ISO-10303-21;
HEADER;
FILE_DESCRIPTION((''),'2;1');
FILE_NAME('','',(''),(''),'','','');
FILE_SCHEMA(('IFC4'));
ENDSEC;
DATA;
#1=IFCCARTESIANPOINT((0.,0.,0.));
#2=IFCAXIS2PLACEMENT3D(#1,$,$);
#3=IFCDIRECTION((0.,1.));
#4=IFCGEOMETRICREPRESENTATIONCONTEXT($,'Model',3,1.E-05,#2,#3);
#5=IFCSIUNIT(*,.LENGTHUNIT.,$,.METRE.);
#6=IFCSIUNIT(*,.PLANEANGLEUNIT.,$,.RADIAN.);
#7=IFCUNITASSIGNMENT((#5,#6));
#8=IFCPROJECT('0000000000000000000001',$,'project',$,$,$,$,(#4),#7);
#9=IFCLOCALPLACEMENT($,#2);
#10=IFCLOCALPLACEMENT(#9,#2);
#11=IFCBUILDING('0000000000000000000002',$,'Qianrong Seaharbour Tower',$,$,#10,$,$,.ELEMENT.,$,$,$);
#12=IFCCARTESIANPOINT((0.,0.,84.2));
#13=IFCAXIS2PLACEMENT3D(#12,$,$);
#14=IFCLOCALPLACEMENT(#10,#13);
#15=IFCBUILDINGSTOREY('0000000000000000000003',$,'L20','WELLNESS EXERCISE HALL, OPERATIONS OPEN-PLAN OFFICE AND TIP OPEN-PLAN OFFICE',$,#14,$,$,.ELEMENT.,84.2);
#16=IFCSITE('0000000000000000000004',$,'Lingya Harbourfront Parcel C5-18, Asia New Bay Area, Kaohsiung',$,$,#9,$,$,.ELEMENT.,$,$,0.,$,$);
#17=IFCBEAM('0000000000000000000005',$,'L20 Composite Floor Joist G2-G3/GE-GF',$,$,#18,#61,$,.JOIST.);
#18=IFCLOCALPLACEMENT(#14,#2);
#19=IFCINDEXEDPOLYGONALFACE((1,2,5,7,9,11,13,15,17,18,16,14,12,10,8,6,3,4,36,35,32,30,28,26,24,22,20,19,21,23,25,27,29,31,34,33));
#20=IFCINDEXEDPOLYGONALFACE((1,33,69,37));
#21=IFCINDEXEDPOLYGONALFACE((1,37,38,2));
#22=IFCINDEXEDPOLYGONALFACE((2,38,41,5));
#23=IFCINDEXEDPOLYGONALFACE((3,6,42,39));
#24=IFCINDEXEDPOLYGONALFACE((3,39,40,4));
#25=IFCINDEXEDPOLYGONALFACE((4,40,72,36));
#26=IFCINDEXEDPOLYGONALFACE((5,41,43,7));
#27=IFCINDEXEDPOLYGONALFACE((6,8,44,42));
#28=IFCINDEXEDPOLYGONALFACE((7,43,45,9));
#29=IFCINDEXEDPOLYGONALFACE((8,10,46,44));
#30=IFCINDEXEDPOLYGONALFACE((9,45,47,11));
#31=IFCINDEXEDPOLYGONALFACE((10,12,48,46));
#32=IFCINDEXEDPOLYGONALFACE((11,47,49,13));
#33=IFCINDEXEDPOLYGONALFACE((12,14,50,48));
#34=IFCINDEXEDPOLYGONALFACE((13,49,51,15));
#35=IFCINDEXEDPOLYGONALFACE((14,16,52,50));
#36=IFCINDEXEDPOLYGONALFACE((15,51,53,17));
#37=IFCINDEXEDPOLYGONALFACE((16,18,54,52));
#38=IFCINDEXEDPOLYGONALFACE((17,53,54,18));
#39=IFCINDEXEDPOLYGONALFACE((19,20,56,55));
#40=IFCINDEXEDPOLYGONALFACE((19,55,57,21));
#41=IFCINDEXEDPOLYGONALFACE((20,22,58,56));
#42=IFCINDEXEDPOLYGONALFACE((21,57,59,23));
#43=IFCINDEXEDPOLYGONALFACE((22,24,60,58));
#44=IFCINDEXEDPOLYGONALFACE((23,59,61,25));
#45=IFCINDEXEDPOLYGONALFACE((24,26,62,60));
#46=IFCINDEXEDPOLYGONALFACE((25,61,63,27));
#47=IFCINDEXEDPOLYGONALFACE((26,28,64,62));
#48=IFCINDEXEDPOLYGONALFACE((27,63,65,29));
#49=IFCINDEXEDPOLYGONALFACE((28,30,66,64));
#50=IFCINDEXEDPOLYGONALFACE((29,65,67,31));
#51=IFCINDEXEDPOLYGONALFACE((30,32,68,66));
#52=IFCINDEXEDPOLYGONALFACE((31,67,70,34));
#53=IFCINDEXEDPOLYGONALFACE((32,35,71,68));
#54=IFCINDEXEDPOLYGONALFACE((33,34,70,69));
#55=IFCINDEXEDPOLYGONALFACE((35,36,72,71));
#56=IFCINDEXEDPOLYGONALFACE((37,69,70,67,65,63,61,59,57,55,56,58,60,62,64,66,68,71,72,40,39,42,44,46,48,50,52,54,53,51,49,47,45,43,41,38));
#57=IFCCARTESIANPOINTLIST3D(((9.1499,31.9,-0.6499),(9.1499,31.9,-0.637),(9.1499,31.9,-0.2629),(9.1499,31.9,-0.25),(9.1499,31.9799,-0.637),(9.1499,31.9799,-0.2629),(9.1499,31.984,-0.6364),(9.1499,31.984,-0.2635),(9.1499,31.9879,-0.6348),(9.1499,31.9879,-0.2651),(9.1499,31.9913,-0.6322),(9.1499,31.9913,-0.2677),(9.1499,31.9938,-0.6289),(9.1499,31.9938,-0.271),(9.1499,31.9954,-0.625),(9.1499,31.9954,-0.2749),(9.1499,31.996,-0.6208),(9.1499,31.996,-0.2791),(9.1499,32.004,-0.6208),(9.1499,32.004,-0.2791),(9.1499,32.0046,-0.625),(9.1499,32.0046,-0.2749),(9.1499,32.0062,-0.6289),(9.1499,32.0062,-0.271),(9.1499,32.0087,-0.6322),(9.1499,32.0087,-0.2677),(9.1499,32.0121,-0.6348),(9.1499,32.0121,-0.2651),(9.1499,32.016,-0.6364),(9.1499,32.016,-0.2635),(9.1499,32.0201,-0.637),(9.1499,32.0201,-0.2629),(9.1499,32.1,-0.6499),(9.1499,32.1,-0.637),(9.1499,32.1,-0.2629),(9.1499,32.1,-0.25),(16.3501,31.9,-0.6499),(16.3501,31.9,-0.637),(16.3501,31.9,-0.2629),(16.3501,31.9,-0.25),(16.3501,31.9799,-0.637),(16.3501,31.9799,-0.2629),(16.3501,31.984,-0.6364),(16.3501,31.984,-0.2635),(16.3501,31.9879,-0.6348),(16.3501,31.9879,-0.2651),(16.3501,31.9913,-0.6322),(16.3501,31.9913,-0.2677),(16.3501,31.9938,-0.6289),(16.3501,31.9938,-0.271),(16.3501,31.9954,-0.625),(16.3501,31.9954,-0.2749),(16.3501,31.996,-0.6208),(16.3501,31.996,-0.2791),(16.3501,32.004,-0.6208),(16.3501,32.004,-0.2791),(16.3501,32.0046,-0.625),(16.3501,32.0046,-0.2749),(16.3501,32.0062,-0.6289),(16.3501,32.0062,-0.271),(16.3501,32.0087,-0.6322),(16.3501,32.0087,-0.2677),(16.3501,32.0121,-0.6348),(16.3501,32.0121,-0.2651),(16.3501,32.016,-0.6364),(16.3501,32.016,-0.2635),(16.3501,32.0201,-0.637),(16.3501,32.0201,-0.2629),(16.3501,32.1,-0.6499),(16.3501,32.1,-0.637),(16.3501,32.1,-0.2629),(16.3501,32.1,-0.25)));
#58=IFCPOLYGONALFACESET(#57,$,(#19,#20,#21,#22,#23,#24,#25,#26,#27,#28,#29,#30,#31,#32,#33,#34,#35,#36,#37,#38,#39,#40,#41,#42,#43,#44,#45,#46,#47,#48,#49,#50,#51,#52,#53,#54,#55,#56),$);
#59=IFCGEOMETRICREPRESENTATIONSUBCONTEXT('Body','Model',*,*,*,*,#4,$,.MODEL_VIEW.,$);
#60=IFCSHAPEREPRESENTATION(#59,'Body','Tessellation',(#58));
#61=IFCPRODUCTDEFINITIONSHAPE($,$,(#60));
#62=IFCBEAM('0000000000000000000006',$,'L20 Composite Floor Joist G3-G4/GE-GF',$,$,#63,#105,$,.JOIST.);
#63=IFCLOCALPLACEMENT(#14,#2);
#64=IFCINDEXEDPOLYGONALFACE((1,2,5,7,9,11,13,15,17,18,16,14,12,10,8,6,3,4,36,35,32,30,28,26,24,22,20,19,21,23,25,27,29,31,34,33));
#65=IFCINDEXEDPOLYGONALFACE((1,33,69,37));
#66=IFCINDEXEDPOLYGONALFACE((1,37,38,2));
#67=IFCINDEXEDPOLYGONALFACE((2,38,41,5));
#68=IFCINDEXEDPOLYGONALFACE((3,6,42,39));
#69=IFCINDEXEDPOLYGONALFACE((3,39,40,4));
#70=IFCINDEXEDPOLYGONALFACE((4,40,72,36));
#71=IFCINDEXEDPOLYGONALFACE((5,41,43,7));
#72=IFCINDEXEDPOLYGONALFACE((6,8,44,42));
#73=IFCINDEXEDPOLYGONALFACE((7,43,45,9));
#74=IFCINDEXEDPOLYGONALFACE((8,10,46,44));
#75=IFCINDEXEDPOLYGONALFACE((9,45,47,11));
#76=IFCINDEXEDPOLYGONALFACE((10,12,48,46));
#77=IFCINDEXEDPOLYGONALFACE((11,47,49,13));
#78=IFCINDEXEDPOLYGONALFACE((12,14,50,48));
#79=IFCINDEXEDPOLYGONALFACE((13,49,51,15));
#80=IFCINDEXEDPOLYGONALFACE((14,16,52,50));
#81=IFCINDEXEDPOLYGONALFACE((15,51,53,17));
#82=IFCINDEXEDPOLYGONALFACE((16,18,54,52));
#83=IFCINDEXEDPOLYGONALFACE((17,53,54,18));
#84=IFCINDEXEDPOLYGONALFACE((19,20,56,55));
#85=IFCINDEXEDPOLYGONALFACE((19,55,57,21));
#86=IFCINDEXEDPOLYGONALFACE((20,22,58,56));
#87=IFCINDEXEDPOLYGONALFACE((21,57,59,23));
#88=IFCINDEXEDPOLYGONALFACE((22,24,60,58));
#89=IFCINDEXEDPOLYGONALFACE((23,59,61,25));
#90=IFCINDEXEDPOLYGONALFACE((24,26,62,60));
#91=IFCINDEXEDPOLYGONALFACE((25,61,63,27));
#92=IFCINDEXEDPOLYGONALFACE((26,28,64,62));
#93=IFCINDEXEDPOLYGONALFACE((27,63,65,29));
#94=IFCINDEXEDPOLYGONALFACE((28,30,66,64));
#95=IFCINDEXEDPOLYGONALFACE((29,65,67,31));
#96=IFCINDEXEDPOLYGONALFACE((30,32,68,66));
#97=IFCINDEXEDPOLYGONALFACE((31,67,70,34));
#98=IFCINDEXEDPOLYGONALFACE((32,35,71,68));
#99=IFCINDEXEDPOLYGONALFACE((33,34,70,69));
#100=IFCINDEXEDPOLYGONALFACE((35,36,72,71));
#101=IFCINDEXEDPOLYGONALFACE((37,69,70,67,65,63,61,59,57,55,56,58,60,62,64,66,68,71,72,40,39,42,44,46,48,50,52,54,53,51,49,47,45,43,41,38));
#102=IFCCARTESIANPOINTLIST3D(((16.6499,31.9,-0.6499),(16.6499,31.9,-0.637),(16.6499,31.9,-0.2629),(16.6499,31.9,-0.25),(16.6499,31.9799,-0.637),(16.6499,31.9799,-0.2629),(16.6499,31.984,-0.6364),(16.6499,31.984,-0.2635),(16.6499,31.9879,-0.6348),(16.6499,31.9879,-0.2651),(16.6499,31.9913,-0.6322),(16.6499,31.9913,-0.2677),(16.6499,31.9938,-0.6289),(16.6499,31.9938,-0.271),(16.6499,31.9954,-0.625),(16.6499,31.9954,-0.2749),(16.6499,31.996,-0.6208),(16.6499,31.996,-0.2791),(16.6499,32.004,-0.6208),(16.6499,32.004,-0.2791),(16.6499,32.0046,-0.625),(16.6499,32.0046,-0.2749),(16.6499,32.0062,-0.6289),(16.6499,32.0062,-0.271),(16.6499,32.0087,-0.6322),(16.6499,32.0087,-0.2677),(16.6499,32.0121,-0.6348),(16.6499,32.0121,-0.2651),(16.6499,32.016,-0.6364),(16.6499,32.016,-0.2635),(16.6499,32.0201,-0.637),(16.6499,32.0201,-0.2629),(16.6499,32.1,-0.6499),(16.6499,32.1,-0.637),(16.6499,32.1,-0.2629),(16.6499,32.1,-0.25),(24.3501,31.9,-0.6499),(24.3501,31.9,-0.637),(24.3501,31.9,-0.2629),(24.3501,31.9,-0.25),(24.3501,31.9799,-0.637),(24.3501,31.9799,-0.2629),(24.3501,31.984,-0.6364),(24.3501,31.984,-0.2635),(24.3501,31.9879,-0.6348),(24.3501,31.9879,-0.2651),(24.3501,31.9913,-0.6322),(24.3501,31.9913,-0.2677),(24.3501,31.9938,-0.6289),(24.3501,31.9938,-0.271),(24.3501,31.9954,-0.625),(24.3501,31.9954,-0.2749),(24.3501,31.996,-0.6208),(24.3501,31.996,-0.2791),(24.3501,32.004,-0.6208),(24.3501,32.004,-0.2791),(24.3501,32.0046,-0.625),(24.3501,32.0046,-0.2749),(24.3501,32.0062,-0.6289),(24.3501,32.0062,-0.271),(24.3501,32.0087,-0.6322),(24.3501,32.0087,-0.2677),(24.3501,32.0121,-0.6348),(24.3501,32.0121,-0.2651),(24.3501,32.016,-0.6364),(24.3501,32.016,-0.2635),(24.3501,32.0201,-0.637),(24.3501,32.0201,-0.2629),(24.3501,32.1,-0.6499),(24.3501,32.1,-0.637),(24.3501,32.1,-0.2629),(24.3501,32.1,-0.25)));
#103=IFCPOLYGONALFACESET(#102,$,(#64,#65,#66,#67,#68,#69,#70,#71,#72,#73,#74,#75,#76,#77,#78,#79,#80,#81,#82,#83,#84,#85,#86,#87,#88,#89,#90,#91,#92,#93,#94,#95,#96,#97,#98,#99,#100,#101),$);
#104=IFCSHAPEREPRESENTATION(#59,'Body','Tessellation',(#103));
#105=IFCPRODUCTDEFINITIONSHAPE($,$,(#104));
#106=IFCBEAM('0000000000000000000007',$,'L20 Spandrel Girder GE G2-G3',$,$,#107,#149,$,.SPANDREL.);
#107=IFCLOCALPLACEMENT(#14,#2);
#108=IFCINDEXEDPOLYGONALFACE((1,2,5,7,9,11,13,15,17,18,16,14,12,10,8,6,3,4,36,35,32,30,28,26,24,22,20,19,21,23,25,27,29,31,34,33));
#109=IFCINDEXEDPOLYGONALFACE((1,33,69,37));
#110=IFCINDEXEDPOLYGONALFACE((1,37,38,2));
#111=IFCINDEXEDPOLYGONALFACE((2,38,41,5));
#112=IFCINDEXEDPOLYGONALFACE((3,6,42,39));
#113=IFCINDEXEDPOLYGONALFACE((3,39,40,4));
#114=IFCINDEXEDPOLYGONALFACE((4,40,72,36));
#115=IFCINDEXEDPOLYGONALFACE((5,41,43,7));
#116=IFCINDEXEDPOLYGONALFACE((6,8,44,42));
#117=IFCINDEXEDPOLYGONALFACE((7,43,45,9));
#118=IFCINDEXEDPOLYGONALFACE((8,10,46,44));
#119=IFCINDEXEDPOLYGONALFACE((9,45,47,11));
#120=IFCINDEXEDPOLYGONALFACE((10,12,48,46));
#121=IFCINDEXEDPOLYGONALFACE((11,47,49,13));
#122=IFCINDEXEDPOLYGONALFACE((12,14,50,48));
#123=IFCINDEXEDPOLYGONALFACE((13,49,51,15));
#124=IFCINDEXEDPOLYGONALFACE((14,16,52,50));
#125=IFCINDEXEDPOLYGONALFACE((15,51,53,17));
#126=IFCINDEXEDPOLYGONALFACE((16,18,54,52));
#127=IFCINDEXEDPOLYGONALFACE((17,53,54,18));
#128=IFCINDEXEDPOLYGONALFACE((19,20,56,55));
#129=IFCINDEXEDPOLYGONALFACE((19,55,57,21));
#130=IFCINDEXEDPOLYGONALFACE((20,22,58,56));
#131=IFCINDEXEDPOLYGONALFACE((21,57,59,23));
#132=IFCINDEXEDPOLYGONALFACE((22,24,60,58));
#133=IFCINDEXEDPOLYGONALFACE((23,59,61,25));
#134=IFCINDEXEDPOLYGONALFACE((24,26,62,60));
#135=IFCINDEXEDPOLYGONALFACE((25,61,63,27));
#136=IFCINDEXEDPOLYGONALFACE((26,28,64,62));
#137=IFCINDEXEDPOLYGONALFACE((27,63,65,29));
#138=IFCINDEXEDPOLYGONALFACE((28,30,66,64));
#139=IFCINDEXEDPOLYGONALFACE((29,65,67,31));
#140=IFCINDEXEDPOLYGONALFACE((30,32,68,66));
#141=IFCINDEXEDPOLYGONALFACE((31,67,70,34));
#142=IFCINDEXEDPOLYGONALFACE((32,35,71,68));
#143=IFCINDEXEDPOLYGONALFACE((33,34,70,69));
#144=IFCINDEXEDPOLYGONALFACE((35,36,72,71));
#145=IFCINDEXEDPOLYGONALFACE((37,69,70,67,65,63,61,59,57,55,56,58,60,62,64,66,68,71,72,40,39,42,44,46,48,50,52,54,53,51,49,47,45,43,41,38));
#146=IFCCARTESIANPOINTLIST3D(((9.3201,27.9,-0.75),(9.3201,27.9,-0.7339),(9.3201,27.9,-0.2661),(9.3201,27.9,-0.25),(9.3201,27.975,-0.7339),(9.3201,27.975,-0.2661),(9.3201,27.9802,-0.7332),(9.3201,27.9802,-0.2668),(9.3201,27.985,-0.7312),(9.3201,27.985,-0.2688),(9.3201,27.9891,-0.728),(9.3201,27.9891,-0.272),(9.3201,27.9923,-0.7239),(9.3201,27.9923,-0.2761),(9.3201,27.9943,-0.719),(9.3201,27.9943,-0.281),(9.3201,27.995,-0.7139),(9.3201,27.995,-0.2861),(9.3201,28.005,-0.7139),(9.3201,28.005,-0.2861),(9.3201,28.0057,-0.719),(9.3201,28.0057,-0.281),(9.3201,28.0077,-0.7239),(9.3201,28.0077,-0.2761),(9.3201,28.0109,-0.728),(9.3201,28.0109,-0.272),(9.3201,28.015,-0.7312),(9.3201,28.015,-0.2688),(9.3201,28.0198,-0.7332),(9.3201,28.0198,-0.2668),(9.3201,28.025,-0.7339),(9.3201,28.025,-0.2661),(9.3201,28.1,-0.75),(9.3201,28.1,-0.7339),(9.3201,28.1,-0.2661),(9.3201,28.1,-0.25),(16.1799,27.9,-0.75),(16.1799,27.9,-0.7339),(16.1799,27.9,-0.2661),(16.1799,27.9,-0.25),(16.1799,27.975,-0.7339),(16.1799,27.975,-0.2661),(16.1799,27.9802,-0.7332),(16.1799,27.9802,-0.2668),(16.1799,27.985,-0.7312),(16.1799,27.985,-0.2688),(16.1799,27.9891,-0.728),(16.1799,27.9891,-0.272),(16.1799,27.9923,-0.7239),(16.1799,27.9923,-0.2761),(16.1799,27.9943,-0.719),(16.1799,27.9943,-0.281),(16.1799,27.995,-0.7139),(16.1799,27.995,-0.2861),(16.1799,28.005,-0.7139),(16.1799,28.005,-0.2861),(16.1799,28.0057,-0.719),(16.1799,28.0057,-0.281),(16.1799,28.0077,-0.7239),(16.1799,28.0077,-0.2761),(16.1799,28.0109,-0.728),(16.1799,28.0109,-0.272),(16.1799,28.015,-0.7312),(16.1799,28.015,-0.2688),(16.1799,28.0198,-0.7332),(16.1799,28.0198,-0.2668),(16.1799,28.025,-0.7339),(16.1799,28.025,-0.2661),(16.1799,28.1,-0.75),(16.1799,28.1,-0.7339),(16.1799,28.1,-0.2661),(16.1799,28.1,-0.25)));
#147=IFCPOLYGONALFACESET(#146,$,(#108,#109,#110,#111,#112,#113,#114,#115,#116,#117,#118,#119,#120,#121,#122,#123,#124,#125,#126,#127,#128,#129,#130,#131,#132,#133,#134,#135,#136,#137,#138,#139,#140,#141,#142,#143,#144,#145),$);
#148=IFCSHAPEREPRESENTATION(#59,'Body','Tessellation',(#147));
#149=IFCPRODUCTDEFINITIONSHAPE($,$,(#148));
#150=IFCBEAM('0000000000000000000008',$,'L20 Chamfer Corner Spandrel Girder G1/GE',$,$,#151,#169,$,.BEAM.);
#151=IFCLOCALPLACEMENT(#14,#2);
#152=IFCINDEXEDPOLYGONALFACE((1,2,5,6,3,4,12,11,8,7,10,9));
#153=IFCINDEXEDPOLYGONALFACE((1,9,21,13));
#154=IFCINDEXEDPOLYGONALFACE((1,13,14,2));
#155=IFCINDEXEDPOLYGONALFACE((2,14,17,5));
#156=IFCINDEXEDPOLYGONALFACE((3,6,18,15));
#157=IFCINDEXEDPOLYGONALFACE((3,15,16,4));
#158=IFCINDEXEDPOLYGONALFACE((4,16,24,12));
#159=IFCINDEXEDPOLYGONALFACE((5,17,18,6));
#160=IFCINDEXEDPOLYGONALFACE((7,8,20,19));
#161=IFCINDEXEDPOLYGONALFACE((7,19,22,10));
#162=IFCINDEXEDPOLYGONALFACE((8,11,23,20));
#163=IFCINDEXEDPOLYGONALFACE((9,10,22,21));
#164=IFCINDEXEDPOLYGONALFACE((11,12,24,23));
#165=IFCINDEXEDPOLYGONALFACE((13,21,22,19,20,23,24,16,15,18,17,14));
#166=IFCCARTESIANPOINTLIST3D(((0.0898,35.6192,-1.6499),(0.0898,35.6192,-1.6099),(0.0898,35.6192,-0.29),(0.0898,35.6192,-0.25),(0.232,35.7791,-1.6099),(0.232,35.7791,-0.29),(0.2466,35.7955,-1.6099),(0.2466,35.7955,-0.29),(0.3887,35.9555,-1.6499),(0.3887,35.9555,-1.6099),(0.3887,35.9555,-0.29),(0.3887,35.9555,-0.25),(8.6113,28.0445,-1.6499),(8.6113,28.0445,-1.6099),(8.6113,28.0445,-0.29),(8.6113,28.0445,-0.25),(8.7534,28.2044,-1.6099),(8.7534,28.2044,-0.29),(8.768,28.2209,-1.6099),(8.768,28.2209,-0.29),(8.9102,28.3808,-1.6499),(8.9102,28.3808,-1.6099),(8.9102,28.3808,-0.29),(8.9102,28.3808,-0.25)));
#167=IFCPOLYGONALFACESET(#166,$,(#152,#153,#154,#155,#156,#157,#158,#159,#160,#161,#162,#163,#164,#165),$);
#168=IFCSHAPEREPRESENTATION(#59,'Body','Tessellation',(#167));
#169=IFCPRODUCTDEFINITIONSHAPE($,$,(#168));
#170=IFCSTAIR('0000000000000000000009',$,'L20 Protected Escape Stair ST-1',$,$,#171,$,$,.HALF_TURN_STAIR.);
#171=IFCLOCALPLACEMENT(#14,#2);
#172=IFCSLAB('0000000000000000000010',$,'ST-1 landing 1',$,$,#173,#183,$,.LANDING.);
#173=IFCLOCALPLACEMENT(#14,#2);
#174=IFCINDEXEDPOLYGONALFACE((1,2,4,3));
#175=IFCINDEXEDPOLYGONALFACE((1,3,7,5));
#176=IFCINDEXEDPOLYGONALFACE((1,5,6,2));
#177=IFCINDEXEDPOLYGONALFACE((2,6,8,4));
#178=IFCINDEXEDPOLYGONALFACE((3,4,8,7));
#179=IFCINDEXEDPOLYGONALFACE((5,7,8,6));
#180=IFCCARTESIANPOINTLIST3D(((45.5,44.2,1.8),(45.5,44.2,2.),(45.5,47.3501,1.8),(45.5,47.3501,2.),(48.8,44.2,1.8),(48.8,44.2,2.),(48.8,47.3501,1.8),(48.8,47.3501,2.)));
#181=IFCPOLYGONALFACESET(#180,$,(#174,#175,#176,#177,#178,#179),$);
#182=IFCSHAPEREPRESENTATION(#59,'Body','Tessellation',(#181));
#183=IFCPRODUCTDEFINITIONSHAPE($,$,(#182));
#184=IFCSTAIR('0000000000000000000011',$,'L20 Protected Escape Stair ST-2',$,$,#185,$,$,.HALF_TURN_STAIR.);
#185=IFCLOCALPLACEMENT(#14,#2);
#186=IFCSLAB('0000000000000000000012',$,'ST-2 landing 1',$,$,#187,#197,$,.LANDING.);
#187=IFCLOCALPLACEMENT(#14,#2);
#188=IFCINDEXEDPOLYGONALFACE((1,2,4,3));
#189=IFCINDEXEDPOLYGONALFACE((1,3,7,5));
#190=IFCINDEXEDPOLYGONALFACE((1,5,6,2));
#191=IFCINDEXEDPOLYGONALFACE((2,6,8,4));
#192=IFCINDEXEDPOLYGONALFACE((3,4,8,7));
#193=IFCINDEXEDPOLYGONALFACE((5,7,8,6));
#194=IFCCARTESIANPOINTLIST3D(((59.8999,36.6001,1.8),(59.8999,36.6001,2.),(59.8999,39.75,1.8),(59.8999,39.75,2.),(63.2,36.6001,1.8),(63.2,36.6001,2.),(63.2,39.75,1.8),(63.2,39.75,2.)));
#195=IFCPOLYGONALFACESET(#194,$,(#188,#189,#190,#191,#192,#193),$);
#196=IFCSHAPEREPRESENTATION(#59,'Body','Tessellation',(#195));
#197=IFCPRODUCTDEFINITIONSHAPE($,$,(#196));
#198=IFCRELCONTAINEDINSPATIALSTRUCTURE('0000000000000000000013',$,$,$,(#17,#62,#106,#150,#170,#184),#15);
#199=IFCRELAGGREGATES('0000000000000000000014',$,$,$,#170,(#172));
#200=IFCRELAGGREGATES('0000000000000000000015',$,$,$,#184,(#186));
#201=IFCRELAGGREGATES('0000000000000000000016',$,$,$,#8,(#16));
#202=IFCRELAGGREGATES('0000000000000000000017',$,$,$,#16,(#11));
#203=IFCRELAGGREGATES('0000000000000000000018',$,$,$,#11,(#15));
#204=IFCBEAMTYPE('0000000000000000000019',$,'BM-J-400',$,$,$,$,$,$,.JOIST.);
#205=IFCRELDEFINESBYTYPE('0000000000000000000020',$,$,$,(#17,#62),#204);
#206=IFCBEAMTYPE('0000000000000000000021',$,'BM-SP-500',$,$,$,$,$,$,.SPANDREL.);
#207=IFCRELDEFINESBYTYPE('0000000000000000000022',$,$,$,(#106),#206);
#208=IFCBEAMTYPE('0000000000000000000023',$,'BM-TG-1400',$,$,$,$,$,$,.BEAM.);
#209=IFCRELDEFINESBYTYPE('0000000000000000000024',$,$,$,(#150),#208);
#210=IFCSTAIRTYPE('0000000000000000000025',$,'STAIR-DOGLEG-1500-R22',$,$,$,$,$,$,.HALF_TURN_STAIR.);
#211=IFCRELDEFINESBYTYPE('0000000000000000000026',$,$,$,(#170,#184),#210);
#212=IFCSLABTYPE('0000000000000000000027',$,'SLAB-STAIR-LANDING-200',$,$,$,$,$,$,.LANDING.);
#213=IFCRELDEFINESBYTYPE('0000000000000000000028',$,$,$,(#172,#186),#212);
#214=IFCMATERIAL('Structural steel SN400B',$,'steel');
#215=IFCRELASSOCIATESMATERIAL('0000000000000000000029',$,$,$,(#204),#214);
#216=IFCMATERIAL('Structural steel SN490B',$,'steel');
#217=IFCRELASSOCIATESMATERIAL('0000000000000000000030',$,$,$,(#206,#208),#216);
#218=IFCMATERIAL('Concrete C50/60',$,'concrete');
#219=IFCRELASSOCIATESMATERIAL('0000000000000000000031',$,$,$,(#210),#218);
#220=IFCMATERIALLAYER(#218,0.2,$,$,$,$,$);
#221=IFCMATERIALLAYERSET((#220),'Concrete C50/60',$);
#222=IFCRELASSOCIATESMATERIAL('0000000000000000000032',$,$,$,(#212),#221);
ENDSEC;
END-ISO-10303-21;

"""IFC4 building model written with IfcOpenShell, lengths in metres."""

from ifc_helpers import new_model, si_unit, direction, frame, origin, origin_2d, place, context, subcontext, project, spatial, polyline, i_section, outline, extrude, material, layer, layer_set, material_profile, profile_set, type_object, element, aggregate, save


model = new_model("IFC4")

# Units and contexts
model_context = context("Model", 3, precision=1e-05, world=origin(), true_north=direction((0.0, 1.0)))
body_context = subcontext(model_context, "Body", "Model", "MODEL_VIEW")
ifc_project = project(units=[si_unit("LENGTHUNIT", "METRE"), si_unit("PLANEANGLEUNIT", "RADIAN")], contexts=[model_context])

# Site, building, storey
site_placement = place(None, origin())
site = spatial("IfcSite", under=ifc_project, at=site_placement, Name="Lingya Harbourfront Parcel C5-18, Asia New Bay Area, Kaohsiung", CompositionType="ELEMENT", RefElevation=0.0)
building_placement = place(site_placement, origin())
building = spatial("IfcBuilding", under=site, at=building_placement, Name="Qianrong Seaharbour Tower", CompositionType="ELEMENT")
storey_placement = place(building_placement, frame((0.0, 0.0, 84.2)))
storey = spatial("IfcBuildingStorey", under=building, at=storey_placement, Name="L20", Description="WELLNESS EXERCISE HALL, OPERATIONS OPEN-PLAN OFFICE AND TIP OPEN-PLAN OFFICE", CompositionType="ELEMENT", Elevation=84.2)

# Shared definitions
ifc_material_1 = material(Name="Structural steel SN490B", Category="steel")

# Beams
ifc_material_2 = material(Name="Structural steel SN400B", Category="steel")
ifc_material_profile_1 = material_profile(ifc_material_2, i_section(OverallWidth=0.2, OverallDepth=0.3999, WebThickness=0.0081, FlangeThickness=0.0129, FilletRadius=0.0161, at=origin_2d()), Name="H400x200x8x13")
ifc_profile_set_1 = profile_set([ifc_material_profile_1], Name="Structural steel SN400B")
beam_type_1 = type_object("IfcBeamType", Name="BM-J-400", PredefinedType="JOIST", material=ifc_profile_set_1)
beam_1_placement = place(storey_placement, frame((9.1499, 32.0, -0.45), z_axis=(1.0, 0.0, 0.0), x_axis=(0.0, 1.0, 0.0)))
element("IfcBeam", 1, at=beam_1_placement, inside=storey, type_object=beam_type_1, Name="L20 Composite Floor Joist G2-G3/GE-GF", PredefinedType="JOIST", context=body_context, shape_type="SweptSolid", body=[
    extrude(i_section(OverallWidth=0.2, OverallDepth=0.3999, WebThickness=0.0081, FlangeThickness=0.0129, FilletRadius=0.0161, at=origin_2d()), origin(), (0.0, 0.0, 1.0), 7.2002),
])
beam_2_placement = place(storey_placement, frame((16.6499, 32.0, -0.45), z_axis=(1.0, 0.0, 0.0), x_axis=(0.0, 1.0, 0.0)))
element("IfcBeam", 2, at=beam_2_placement, inside=storey, type_object=beam_type_1, Name="L20 Composite Floor Joist G3-G4/GE-GF", PredefinedType="JOIST", context=body_context, shape_type="SweptSolid", body=[
    extrude(i_section(OverallWidth=0.2, OverallDepth=0.3999, WebThickness=0.0081, FlangeThickness=0.0129, FilletRadius=0.0161, at=origin_2d()), origin(), (0.0, 0.0, 1.0), 7.7002),
])
ifc_material_profile_2 = material_profile(ifc_material_1, i_section(OverallWidth=0.2, OverallDepth=0.5, WebThickness=0.01, FlangeThickness=0.0161, FilletRadius=0.02, at=origin_2d()), Name="H500x200x10x16")
ifc_profile_set_2 = profile_set([ifc_material_profile_2], Name="Structural steel SN490B")
beam_type_2 = type_object("IfcBeamType", Name="BM-SP-500", PredefinedType="SPANDREL", material=ifc_profile_set_2)
beam_3_placement = place(storey_placement, frame((9.3201, 28.0, -0.5), z_axis=(1.0, 0.0, 0.0), x_axis=(0.0, 1.0, 0.0)))
element("IfcBeam", 3, at=beam_3_placement, inside=storey, type_object=beam_type_2, Name="L20 Spandrel Girder GE G2-G3", PredefinedType="SPANDREL", context=body_context, shape_type="SweptSolid", body=[
    extrude(i_section(OverallWidth=0.2, OverallDepth=0.5, WebThickness=0.01, FlangeThickness=0.0161, FilletRadius=0.02, at=origin_2d()), origin(), (0.0, 0.0, 1.0), 6.8599),
])
ifc_material_profile_3 = material_profile(ifc_material_1, i_section(OverallWidth=0.45, OverallDepth=1.3999, WebThickness=0.022, FlangeThickness=0.04, at=origin_2d()), Name="BH1400x450x22x40")
ifc_profile_set_3 = profile_set([ifc_material_profile_3], Name="Structural steel SN490B")
beam_type_3 = type_object("IfcBeamType", Name="BM-TG-1400", PredefinedType="BEAM", material=ifc_profile_set_3)
beam_4_placement = place(storey_placement, frame((8.7607, 28.2126, -0.95), z_axis=(-0.747407, 0.664366, 0.0), x_axis=(-0.664366, -0.747407, 0.0)))
element("IfcBeam", 4, at=beam_4_placement, inside=storey, type_object=beam_type_3, Name="L20 Chamfer Corner Spandrel Girder G1/GE", PredefinedType="BEAM", context=body_context, shape_type="SweptSolid", body=[
    extrude(i_section(OverallWidth=0.45, OverallDepth=1.3999, WebThickness=0.022, FlangeThickness=0.04, at=origin_2d()), origin(), (0.0, 0.0, 1.0), 11.4014),
])

# Stairs, slabs
ifc_material_3 = material(Name="Concrete C50/60", Category="concrete")
stair_type = type_object("IfcStairType", Name="STAIR-DOGLEG-1500-R22", PredefinedType="HALF_TURN_STAIR", material=ifc_material_3)
stair_1_placement = place(storey_placement, origin())
stair_1 = element("IfcStair", 5, at=stair_1_placement, inside=storey, type_object=stair_type, Name="L20 Protected Escape Stair ST-1", PredefinedType="HALF_TURN_STAIR")
ifc_layer_1 = layer(ifc_material_3, 0.2)
ifc_layer_set_1 = layer_set([ifc_layer_1], Name="Concrete C50/60")
slab_type_1 = type_object("IfcSlabType", Name="SLAB-STAIR-LANDING-200", PredefinedType="LANDING", material=ifc_layer_set_1)
slab_1_placement = place(storey_placement, frame((0.0, 0.0, 1.8)))
slab_1 = element("IfcSlab", 6, at=slab_1_placement, type_object=slab_type_1, Name="ST-1 landing 1", PredefinedType="LANDING", context=body_context, shape_type="SweptSolid", body=[
    extrude(outline(polyline([(45.5, 44.2), (48.8, 44.2), (48.8, 47.3501), (45.5, 47.3501), (45.5, 44.2)])), origin(), (0.0, 0.0, 1.0), 0.2),
])
aggregate(stair_1, [slab_1])
stair_2_placement = place(storey_placement, origin())
stair_2 = element("IfcStair", 7, at=stair_2_placement, inside=storey, type_object=stair_type, Name="L20 Protected Escape Stair ST-2", PredefinedType="HALF_TURN_STAIR")
slab_2_placement = place(storey_placement, frame((0.0, 0.0, 1.8)))
slab_2 = element("IfcSlab", 8, at=slab_2_placement, type_object=slab_type_1, Name="ST-2 landing 1", PredefinedType="LANDING", context=body_context, shape_type="SweptSolid", body=[
    extrude(outline(polyline([(59.8999, 36.6001), (63.2, 36.6001), (63.2, 39.75), (59.8999, 39.75), (59.8999, 36.6001)])), origin(), (0.0, 0.0, 1.0), 0.2),
])
aggregate(stair_2, [slab_2])

save(model, "model.ifc")
